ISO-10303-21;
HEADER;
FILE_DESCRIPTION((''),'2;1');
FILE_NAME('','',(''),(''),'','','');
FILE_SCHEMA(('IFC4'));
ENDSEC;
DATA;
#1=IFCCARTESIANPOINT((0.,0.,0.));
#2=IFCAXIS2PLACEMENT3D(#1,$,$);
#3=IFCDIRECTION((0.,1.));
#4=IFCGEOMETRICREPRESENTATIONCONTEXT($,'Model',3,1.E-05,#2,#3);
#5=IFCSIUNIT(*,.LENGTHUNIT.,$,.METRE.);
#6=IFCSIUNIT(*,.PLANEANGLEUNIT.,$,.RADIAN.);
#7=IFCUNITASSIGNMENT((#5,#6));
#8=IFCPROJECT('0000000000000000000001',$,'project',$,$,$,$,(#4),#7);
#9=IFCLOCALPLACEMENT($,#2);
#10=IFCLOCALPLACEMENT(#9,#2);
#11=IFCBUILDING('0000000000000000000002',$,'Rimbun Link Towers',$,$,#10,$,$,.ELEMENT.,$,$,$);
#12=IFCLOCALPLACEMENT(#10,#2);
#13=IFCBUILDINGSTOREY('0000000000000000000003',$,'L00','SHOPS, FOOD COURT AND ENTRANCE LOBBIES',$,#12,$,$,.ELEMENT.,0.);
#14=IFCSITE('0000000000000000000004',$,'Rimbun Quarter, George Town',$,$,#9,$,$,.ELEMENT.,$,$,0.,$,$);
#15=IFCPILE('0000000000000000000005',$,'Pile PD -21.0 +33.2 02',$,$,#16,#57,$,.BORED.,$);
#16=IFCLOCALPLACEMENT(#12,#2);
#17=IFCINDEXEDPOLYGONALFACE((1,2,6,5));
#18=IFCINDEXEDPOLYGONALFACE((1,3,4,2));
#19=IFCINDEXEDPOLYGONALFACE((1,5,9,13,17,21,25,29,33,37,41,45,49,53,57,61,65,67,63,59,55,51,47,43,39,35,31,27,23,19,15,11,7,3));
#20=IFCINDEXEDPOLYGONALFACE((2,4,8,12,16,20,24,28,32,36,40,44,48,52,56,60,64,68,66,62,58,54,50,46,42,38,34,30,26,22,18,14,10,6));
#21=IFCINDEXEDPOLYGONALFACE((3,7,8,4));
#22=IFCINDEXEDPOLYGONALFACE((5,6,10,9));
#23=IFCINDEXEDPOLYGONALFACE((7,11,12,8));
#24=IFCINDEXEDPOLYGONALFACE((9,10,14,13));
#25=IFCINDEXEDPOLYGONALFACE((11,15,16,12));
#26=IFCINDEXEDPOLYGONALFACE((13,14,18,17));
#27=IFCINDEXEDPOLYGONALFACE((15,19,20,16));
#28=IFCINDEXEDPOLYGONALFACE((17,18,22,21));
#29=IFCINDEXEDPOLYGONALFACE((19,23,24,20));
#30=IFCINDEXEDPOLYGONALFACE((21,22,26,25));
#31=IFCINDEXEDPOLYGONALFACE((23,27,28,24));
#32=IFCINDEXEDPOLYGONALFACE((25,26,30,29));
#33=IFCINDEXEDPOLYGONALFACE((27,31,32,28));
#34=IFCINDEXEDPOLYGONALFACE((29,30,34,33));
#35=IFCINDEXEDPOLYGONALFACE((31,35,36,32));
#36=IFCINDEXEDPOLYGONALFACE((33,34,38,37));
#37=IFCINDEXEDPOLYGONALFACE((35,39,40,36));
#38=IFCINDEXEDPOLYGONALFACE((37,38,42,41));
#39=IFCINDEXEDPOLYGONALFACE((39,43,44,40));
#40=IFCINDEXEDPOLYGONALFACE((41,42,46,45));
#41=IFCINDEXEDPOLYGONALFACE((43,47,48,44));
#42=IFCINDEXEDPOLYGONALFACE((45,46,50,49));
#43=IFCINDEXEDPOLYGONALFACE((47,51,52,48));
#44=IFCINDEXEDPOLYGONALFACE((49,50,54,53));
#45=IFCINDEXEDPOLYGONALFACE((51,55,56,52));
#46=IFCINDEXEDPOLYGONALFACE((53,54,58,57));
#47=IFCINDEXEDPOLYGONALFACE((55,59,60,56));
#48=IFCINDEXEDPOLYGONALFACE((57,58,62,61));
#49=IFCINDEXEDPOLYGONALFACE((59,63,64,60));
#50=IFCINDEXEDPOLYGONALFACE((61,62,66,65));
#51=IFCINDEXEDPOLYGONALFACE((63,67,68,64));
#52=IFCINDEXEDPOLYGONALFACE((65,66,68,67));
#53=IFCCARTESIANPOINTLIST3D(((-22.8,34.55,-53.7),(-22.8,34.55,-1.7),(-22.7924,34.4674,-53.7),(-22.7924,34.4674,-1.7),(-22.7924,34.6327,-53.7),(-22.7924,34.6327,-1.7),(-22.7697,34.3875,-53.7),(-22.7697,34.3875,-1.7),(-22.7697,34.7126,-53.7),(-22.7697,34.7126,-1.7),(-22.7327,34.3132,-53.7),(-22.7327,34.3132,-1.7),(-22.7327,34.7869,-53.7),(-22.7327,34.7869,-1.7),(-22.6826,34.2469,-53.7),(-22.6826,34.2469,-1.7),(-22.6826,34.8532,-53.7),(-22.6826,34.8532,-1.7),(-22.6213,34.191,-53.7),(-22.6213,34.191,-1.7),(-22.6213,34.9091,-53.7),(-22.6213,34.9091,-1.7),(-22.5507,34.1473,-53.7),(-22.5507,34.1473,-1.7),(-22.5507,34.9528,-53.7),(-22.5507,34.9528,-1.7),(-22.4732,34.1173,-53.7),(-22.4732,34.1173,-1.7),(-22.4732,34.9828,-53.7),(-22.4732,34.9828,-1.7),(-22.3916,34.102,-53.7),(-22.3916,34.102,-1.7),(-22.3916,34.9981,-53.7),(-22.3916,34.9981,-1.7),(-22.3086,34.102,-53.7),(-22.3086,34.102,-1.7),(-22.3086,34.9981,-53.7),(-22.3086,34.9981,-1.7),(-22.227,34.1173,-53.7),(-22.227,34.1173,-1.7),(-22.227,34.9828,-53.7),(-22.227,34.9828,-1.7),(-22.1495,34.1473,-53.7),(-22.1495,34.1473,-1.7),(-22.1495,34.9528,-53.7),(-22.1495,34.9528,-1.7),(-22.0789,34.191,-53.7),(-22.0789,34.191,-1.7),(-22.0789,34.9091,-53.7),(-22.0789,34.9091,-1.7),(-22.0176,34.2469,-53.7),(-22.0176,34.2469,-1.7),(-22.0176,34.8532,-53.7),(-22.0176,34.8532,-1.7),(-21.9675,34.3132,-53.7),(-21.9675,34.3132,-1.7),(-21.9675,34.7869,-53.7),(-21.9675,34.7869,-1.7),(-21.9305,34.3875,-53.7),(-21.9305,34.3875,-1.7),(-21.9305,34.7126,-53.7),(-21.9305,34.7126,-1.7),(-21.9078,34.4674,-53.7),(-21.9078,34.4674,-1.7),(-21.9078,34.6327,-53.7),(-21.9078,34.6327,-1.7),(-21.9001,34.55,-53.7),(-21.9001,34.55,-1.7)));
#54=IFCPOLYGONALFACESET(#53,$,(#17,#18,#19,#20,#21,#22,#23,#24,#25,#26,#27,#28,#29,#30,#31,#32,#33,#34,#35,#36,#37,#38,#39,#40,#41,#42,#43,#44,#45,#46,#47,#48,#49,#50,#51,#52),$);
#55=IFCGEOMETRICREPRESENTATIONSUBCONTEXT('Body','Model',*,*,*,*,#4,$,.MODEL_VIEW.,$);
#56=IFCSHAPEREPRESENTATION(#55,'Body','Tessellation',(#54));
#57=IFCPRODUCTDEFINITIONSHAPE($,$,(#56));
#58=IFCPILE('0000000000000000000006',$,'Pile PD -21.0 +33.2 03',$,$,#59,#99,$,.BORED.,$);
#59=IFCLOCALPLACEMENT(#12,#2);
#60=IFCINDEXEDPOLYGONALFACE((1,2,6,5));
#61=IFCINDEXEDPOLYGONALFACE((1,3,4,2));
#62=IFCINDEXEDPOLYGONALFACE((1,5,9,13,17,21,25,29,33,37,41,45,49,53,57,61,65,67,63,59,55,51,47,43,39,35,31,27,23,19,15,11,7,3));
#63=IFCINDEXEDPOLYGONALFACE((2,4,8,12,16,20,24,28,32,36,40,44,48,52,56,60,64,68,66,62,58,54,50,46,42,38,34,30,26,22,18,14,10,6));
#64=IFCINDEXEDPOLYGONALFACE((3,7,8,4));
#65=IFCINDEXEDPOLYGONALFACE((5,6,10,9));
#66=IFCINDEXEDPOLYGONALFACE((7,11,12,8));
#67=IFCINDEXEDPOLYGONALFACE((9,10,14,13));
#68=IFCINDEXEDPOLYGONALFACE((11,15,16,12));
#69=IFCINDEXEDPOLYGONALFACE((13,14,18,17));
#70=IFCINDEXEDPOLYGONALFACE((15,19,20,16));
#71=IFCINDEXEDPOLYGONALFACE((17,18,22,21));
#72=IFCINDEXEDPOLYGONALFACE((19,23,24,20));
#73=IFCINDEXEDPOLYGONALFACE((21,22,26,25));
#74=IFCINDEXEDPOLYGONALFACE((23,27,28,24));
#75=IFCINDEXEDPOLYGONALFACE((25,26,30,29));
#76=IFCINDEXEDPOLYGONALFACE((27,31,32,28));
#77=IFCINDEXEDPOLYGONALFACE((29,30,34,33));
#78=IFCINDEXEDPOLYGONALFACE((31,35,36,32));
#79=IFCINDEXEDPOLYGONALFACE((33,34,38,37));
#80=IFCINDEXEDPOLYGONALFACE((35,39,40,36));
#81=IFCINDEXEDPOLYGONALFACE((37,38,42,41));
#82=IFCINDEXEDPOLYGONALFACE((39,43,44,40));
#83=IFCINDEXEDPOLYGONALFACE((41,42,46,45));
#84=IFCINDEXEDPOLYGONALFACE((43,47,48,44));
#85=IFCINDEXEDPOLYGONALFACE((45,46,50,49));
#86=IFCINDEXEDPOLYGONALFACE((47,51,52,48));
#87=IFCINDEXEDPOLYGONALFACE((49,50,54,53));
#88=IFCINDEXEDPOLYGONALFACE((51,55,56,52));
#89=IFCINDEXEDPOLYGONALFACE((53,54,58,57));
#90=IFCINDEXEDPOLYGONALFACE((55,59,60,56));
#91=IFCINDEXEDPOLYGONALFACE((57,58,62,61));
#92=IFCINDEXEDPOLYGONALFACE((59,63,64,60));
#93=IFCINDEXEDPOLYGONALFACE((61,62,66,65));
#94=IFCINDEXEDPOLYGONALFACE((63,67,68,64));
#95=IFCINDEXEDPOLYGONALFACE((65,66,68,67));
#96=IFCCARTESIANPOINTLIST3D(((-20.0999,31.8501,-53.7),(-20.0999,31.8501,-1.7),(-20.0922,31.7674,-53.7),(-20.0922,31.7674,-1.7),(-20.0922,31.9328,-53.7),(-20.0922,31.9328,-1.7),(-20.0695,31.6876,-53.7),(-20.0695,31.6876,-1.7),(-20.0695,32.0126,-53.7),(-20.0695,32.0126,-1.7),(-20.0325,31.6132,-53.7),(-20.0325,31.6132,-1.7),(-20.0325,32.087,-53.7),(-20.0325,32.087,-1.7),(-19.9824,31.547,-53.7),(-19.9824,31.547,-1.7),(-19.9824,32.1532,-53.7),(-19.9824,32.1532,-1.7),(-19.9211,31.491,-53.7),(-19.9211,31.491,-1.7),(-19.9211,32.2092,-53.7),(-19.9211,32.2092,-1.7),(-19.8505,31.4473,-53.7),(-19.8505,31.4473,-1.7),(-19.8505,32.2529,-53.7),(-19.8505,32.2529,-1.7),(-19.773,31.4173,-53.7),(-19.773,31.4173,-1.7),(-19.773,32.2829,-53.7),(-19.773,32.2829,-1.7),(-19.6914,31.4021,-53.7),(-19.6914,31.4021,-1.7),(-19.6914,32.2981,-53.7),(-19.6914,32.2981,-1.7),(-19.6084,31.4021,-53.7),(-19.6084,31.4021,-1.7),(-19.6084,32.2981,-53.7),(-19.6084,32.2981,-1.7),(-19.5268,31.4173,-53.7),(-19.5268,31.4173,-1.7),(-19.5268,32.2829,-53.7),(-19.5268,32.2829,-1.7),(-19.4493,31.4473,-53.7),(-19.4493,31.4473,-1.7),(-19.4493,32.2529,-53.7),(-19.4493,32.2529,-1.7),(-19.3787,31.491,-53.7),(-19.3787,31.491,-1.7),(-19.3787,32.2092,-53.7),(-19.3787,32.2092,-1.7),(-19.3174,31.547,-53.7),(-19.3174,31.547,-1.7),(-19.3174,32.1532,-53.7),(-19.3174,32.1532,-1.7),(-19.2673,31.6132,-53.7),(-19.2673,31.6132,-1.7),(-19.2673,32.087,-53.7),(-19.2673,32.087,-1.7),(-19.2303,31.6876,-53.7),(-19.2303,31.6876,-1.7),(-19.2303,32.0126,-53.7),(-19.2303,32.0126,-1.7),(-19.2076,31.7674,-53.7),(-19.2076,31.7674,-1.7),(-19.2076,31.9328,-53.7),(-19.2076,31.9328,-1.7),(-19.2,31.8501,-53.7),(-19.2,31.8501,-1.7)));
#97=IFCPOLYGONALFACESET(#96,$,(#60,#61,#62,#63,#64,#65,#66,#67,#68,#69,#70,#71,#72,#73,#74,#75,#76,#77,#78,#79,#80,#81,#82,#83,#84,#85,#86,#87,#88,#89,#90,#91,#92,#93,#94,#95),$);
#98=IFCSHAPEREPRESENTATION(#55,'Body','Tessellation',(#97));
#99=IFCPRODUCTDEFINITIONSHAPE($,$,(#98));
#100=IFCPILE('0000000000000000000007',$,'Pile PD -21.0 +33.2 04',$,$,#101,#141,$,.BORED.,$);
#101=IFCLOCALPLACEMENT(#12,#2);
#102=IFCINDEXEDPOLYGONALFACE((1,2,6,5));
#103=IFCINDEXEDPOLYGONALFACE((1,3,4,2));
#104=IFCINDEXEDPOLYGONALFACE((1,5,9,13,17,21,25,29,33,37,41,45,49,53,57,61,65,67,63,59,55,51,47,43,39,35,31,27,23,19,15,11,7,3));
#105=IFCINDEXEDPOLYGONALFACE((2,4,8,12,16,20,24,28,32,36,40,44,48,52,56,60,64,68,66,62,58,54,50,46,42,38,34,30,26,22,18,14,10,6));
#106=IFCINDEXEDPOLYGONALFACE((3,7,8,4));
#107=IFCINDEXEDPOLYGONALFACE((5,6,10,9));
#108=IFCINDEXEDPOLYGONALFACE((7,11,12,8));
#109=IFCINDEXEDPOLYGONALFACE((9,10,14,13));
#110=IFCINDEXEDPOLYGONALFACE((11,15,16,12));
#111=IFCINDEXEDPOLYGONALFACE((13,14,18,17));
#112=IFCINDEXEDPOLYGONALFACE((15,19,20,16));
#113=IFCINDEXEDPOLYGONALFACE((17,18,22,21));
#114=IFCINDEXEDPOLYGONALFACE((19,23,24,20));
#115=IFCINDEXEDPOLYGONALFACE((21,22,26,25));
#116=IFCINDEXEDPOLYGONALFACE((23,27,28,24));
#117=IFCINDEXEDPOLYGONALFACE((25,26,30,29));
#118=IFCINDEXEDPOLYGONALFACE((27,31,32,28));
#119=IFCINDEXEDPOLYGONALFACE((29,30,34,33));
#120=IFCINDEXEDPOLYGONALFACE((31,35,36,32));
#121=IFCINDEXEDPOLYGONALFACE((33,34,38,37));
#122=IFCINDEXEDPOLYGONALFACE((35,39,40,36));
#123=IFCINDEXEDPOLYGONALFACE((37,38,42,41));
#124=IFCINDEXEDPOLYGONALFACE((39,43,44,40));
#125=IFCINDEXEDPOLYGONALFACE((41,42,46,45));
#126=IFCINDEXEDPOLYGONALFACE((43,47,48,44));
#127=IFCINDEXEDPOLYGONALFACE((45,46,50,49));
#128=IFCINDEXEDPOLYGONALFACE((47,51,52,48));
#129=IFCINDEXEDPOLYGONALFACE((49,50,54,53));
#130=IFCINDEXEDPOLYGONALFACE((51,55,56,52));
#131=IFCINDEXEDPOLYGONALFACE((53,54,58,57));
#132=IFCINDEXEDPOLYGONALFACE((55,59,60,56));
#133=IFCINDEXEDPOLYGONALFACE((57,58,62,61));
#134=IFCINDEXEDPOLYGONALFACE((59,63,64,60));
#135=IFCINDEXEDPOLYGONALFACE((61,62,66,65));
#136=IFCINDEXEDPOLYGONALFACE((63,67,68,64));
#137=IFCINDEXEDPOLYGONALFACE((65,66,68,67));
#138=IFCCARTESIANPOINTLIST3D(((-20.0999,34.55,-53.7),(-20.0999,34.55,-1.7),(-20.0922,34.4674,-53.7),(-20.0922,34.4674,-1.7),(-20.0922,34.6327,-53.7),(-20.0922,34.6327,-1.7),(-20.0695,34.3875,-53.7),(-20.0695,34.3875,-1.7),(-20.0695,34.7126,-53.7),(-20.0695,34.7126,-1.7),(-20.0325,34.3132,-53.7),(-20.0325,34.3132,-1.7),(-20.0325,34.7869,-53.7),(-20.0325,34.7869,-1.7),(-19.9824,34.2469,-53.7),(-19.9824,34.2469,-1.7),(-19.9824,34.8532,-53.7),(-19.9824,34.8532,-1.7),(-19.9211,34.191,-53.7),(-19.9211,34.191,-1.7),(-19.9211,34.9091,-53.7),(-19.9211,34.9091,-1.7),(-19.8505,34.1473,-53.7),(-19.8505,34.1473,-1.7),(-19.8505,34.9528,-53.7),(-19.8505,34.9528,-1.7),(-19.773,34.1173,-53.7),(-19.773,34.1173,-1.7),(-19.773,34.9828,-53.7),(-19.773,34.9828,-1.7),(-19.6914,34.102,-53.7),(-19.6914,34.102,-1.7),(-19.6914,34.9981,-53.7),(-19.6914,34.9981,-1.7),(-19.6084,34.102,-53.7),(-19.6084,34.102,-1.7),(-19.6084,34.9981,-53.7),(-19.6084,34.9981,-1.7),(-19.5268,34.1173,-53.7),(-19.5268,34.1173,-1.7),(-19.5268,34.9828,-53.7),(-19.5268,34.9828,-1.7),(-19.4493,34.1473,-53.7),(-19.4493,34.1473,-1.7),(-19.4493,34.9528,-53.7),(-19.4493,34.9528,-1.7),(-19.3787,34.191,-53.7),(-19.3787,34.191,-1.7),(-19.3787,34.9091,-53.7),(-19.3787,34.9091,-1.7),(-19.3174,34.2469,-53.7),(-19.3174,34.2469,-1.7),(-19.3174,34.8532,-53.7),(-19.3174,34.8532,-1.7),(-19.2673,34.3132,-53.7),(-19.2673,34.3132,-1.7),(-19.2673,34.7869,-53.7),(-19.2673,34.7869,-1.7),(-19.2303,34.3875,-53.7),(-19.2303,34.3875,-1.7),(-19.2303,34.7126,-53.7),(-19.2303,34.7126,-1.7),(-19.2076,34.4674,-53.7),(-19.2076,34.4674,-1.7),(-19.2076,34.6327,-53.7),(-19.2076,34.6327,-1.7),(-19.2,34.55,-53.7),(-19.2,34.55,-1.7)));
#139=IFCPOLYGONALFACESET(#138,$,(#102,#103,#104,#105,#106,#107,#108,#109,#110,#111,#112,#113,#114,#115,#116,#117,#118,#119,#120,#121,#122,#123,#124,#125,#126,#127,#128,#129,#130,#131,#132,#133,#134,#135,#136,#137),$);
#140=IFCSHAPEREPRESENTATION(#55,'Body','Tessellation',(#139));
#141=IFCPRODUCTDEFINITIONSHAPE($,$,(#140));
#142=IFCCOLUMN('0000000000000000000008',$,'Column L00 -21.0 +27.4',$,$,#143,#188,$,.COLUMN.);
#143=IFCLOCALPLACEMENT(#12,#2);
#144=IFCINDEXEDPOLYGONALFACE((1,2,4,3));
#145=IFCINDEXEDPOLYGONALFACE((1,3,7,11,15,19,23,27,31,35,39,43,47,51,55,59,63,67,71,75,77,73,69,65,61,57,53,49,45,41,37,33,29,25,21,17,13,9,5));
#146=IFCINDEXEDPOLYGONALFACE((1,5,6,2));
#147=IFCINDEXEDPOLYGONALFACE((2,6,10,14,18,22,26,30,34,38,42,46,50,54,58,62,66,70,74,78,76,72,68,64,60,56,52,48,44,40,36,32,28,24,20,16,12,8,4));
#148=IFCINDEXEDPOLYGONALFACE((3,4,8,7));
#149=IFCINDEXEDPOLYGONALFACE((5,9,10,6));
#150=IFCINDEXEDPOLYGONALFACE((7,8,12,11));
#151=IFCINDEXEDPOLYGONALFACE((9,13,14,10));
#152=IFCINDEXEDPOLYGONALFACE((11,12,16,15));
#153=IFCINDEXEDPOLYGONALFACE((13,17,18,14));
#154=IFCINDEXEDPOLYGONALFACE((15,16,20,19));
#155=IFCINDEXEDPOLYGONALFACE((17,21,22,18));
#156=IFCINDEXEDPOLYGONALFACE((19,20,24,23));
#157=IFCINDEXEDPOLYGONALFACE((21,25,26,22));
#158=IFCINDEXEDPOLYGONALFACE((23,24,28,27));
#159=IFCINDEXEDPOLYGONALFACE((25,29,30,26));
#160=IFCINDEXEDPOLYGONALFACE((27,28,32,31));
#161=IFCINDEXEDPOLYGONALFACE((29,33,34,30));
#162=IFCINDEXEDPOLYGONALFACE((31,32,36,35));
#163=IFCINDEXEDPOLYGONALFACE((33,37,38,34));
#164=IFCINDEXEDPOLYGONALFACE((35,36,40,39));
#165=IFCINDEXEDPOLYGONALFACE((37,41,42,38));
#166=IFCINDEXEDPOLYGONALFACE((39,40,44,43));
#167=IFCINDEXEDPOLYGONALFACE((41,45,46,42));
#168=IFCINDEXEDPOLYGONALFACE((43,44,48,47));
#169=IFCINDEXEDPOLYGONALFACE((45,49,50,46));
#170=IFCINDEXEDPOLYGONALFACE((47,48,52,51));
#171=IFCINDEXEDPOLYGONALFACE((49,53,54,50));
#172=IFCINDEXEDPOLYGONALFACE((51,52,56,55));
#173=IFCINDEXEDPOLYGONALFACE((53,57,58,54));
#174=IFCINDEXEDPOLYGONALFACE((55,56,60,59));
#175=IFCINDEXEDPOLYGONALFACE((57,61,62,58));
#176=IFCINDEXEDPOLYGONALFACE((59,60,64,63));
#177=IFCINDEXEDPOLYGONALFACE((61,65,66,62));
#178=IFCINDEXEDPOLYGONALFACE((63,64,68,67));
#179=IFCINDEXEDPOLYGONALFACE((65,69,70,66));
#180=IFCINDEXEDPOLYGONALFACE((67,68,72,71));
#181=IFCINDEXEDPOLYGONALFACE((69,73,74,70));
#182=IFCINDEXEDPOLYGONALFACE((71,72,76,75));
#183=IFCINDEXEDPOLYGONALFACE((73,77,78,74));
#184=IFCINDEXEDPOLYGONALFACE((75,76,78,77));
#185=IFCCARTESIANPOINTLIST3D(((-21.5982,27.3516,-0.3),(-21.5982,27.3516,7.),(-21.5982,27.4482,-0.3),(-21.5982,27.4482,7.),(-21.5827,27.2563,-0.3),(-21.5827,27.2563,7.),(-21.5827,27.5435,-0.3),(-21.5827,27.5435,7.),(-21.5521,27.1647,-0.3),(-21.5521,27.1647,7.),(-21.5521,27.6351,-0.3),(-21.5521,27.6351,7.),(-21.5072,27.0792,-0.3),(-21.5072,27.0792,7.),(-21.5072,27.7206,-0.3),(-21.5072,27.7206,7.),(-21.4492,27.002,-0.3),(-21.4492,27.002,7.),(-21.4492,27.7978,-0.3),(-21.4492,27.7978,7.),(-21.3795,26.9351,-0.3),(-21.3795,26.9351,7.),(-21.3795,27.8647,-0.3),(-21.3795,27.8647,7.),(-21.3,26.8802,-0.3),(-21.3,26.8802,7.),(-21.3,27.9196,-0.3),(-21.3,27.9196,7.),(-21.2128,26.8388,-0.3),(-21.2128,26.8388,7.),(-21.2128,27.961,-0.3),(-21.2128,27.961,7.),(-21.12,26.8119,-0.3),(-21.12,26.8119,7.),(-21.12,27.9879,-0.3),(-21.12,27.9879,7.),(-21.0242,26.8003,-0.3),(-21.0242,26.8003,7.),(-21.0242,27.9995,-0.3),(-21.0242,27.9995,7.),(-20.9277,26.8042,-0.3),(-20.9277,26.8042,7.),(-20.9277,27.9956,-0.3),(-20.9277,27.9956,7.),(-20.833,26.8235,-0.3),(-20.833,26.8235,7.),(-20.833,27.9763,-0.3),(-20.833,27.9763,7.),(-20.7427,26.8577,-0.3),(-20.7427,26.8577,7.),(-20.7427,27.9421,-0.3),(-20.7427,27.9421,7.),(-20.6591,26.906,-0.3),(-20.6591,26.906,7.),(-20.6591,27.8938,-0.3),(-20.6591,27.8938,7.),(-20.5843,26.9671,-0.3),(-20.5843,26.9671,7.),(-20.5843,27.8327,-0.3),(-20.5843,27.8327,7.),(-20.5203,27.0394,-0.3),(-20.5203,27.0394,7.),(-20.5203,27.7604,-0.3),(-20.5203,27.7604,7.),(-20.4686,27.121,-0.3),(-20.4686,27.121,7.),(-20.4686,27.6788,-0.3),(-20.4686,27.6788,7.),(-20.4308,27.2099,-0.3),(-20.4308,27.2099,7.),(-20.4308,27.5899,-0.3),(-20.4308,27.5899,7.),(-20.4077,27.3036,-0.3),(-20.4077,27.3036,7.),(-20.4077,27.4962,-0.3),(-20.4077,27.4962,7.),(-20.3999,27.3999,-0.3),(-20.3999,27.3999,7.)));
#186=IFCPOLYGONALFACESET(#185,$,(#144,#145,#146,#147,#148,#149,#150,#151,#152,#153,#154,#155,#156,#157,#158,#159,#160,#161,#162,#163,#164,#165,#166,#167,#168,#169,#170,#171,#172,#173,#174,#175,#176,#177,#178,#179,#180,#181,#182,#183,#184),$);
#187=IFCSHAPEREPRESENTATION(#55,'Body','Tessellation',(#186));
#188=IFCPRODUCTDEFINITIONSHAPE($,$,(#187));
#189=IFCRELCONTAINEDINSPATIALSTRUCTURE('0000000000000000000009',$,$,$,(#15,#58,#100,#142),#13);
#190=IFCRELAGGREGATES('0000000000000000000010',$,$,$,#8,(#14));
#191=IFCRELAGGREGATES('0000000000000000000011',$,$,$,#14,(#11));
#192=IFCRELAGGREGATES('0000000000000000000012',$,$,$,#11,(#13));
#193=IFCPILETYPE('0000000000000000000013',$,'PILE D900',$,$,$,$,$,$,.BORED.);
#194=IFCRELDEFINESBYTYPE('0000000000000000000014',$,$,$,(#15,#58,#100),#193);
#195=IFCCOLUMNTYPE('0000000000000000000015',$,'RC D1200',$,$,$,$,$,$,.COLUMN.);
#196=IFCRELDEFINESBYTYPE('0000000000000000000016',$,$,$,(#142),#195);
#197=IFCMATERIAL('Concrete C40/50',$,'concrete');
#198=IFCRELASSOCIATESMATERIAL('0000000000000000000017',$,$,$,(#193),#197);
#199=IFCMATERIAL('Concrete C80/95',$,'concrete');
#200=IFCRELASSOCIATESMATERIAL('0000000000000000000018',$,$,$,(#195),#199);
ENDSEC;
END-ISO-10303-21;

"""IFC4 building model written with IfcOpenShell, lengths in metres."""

from ifc_helpers import new_model, si_unit, direction, frame, origin, origin_2d, place, context, subcontext, project, spatial, circle, extrude, material, material_profile, profile_set, type_object, element, save


model = new_model("IFC4")

# Units and contexts
model_context = context("Model", 3, precision=1e-05, world=origin(), true_north=direction((0.0, 1.0)))
body_context = subcontext(model_context, "Body", "Model", "MODEL_VIEW")
ifc_project = project(units=[si_unit("LENGTHUNIT", "METRE"), si_unit("PLANEANGLEUNIT", "RADIAN")], contexts=[model_context])

# Site, building, storey
site_placement = place(None, origin())
site = spatial("IfcSite", under=ifc_project, at=site_placement, Name="Rimbun Quarter, George Town", CompositionType="ELEMENT", RefElevation=0.0)
building_placement = place(site_placement, origin())
building = spatial("IfcBuilding", under=site, at=building_placement, Name="Rimbun Link Towers", CompositionType="ELEMENT")
storey_placement = place(building_placement, origin())
storey = spatial("IfcBuildingStorey", under=building, at=storey_placement, Name="L00", Description="SHOPS, FOOD COURT AND ENTRANCE LOBBIES", CompositionType="ELEMENT", Elevation=0.0)

# Piles
ifc_material_1 = material(Name="Concrete C40/50", Category="concrete")
ifc_material_profile_1 = material_profile(ifc_material_1, circle(Radius=0.45, at=origin_2d()), Name="PILE D900")
ifc_profile_set_1 = profile_set([ifc_material_profile_1], Name="Concrete C40/50")
pile_type = type_object("IfcPileType", Name="PILE D900", PredefinedType="BORED", material=ifc_profile_set_1)
for number, where, z_axis, x_axis, name in (
    (1, (-22.3501, 34.55, -1.7), (0.0, 0.0, -1.0), (1.0, 0.0, 0.0), "Pile PD -21.0 +33.2 02"),
    (2, (-19.6499, 31.8501, -1.7), (0.0, 0.0, -1.0), (1.0, 0.0, 0.0), "Pile PD -21.0 +33.2 03"),
    (3, (-19.6499, 34.55, -1.7), (0.0, 0.0, -1.0), (1.0, 0.0, 0.0), "Pile PD -21.0 +33.2 04"),
):
    element("IfcPile", number, at=place(storey_placement, frame(where, z_axis=z_axis, x_axis=x_axis)), inside=storey, type_object=pile_type, Name=name, PredefinedType="BORED", context=body_context, shape_type="SweptSolid", body=[
        extrude(circle(Radius=0.45, at=origin_2d()), origin(), (0.0, 0.0, 1.0), 52.0),
    ])

# Column
ifc_material_2 = material(Name="Concrete C80/95", Category="concrete")
ifc_material_profile_2 = material_profile(ifc_material_2, circle(Radius=0.6001, at=origin_2d()), Name="RC D1200")
ifc_profile_set_2 = profile_set([ifc_material_profile_2], Name="Concrete C80/95")
column_type = type_object("IfcColumnType", Name="RC D1200", PredefinedType="COLUMN", material=ifc_profile_set_2)
column_1_placement = place(storey_placement, frame((-21.0, 27.3999, -0.3), z_axis=(0.0, 0.0, 1.0), x_axis=(1.0, 0.0, 0.0)))
element("IfcColumn", 4, at=column_1_placement, inside=storey, type_object=column_type, Name="Column L00 -21.0 +27.4", PredefinedType="COLUMN", context=body_context, shape_type="SweptSolid", body=[
    extrude(circle(Radius=0.6001, at=origin_2d()), origin(), (0.0, 0.0, 1.0), 7.3),
])

save(model, "model.ifc")
